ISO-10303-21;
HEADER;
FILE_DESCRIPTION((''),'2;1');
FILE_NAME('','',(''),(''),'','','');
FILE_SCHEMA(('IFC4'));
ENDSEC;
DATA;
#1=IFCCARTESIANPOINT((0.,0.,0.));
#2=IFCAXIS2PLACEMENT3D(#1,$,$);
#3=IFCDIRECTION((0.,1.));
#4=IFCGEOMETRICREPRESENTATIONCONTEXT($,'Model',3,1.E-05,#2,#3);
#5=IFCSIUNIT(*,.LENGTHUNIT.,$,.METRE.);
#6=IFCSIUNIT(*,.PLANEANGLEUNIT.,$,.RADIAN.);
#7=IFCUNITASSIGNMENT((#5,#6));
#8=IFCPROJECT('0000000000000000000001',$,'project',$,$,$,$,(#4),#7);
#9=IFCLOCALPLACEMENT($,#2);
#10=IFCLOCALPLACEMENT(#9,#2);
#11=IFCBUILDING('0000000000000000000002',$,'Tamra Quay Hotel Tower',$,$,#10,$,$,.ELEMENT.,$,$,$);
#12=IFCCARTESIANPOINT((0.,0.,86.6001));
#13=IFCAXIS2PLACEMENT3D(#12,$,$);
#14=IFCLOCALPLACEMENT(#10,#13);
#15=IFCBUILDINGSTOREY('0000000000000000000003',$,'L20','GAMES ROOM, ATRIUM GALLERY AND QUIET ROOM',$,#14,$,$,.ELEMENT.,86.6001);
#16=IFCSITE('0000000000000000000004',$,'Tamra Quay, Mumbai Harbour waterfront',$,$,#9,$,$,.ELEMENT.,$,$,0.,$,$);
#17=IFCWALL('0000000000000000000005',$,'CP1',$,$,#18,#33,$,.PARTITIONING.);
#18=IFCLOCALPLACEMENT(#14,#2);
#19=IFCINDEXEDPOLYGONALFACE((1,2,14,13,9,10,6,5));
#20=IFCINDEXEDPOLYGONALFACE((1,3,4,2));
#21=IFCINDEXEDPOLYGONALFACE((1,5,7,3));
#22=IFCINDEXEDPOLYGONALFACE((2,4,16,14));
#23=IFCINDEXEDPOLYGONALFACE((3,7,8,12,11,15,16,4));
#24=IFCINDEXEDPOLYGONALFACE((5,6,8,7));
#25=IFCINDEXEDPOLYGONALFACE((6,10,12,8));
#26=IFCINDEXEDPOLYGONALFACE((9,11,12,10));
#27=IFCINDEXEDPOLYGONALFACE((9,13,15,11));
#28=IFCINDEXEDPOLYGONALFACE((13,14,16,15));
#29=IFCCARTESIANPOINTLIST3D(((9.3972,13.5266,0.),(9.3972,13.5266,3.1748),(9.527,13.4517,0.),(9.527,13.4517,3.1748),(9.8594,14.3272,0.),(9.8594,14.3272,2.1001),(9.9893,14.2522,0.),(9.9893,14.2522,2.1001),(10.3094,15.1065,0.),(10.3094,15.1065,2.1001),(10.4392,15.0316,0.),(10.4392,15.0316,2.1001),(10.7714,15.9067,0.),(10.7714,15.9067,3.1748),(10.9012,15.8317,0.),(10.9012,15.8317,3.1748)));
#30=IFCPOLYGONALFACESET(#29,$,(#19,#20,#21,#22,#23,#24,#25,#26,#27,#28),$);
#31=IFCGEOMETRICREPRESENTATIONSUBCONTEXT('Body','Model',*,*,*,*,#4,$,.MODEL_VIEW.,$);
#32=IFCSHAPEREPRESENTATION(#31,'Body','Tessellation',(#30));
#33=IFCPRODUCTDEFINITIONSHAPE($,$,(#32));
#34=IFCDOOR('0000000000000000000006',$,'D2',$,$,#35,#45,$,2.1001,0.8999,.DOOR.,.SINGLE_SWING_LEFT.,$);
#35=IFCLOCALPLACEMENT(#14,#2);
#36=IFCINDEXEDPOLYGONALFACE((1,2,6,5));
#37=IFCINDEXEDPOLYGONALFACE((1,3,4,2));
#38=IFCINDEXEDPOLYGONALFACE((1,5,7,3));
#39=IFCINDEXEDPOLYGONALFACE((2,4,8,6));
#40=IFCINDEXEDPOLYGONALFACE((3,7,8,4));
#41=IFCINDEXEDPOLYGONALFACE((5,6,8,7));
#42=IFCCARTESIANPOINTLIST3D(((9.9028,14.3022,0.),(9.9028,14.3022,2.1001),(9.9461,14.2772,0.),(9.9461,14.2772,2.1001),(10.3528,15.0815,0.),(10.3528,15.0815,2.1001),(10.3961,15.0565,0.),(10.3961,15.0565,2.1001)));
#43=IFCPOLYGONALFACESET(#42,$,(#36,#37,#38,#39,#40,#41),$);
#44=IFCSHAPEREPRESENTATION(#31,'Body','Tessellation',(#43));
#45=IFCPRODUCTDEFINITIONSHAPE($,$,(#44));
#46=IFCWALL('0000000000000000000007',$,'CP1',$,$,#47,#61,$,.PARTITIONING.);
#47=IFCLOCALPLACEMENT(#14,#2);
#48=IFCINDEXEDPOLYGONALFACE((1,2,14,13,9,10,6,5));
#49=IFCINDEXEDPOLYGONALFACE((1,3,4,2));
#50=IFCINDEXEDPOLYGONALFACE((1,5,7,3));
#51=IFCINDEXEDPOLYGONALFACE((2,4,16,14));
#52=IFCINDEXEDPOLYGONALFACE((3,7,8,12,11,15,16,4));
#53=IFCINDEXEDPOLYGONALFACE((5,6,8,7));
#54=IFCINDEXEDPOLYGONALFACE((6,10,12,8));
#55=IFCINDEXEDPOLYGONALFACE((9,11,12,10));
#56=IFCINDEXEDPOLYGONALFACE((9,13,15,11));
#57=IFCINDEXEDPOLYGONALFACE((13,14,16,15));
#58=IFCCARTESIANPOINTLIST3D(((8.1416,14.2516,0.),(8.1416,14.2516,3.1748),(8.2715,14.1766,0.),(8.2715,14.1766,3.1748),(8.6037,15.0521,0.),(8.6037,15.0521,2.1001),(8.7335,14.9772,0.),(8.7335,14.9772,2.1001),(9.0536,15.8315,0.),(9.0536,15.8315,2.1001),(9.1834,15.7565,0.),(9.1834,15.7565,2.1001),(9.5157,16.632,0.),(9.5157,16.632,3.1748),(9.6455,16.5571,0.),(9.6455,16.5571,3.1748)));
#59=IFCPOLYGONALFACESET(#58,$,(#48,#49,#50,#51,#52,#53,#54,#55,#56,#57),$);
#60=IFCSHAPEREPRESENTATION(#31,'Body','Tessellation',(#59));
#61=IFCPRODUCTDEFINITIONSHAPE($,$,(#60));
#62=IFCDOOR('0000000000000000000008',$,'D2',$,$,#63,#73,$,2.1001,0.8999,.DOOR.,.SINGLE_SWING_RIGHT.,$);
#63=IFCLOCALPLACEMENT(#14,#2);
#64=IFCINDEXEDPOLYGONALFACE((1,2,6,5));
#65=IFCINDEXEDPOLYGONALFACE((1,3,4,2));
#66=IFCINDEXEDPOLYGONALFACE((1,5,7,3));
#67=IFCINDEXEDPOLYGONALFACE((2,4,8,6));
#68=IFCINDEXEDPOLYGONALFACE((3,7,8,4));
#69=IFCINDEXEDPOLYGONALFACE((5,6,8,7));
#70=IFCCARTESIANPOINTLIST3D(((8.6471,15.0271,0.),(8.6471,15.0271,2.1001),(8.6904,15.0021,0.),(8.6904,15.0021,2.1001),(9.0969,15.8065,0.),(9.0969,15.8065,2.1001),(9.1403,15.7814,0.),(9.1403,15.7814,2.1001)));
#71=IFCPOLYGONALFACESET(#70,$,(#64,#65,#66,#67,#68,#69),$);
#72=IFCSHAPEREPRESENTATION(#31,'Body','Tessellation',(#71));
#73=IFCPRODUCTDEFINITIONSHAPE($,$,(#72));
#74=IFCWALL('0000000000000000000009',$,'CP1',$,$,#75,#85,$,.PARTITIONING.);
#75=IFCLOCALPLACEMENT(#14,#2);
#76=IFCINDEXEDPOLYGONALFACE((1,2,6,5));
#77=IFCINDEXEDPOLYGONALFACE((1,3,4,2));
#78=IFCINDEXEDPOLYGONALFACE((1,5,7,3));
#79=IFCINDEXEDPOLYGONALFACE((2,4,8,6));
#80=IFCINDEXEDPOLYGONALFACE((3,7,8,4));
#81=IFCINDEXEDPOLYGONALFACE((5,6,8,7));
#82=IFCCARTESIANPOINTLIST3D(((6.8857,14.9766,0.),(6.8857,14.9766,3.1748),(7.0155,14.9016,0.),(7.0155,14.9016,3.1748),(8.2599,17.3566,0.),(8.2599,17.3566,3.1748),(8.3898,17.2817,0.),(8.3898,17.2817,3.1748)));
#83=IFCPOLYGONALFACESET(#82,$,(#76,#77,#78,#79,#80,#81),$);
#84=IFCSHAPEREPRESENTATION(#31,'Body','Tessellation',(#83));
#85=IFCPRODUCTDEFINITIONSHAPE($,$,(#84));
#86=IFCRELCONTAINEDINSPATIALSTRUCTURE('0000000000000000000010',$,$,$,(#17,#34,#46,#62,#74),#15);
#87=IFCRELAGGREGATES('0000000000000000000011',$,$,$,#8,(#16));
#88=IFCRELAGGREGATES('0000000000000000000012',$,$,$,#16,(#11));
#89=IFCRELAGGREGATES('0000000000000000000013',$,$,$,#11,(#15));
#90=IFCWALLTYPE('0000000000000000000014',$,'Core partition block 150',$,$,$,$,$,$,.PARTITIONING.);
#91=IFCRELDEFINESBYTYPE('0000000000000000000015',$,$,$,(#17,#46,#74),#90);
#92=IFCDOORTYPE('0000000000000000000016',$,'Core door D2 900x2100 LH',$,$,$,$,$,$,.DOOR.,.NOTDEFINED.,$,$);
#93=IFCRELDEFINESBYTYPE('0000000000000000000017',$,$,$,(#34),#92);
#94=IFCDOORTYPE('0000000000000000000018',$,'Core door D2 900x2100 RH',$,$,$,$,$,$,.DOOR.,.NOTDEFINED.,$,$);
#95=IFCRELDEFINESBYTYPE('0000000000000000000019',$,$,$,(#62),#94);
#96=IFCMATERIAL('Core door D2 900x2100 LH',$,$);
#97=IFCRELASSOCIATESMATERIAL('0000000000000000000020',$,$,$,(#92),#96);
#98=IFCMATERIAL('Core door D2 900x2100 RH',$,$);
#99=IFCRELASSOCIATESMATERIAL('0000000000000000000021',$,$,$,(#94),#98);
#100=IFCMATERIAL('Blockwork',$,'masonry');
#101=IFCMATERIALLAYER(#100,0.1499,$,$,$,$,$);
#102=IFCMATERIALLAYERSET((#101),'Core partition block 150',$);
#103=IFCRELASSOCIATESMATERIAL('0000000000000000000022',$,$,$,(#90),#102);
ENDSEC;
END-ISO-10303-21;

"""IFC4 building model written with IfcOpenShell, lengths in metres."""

from ifc_helpers import new_model, si_unit, direction, frame, frame_2d, origin, place, context, subcontext, project, spatial, rectangle, extrude, material, layer, layer_set, type_object, element, fill, save


model = new_model("IFC4")

# Units and contexts
model_context = context("Model", 3, precision=1e-05, world=origin(), true_north=direction((0.0, 1.0)))
body_context = subcontext(model_context, "Body", "Model", "MODEL_VIEW")
ifc_project = project(units=[si_unit("LENGTHUNIT", "METRE"), si_unit("PLANEANGLEUNIT", "RADIAN")], contexts=[model_context])

# Site, building, storey
site_placement = place(None, origin())
site = spatial("IfcSite", under=ifc_project, at=site_placement, Name="Tamra Quay, Mumbai Harbour waterfront", CompositionType="ELEMENT", RefElevation=0.0)
building_placement = place(site_placement, origin())
building = spatial("IfcBuilding", under=site, at=building_placement, Name="Tamra Quay Hotel Tower", CompositionType="ELEMENT")
storey_placement = place(building_placement, frame((0.0, 0.0, 86.6001)))
storey = spatial("IfcBuildingStorey", under=building, at=storey_placement, Name="L20", Description="GAMES ROOM, ATRIUM GALLERY AND QUIET ROOM", CompositionType="ELEMENT", Elevation=86.6001)

# Shared definitions
ifc_material_1 = material(Name="Core door D2 900x2100 LH")
door_type_1 = type_object("IfcDoorType", Name="Core door D2 900x2100 LH", OperationType="NOTDEFINED", PredefinedType="DOOR", material=ifc_material_1)
ifc_material_2 = material(Name="Core door D2 900x2100 RH")
door_type_2 = type_object("IfcDoorType", Name="Core door D2 900x2100 RH", OperationType="NOTDEFINED", PredefinedType="DOOR", material=ifc_material_2)

# Walls, openings, doors
ifc_material_3 = material(Name="Blockwork", Category="masonry")
ifc_layer_1 = layer(ifc_material_3, 0.1499)
ifc_layer_set_1 = layer_set([ifc_layer_1], Name="Core partition block 150")
wall_type_1 = type_object("IfcWallType", Name="Core partition block 150", PredefinedType="PARTITIONING", material=ifc_layer_set_1)
wall_1_placement = place(storey_placement, frame((9.4622, 13.4893, 0.0), z_axis=(0.0, 0.0, 1.0), x_axis=(0.500027, 0.86601, 0.0)))
wall_1 = element("IfcWall", 1, at=wall_1_placement, inside=storey, type_object=wall_type_1, Name="CP1", PredefinedType="PARTITIONING", context=body_context, shape_type="SweptSolid", body=[
    extrude(rectangle(XDim=2.7483, YDim=0.1499, at=frame_2d((1.374, 0.0))), origin(), (0.0, 0.0, 1.0), 3.1748),
])
opening_1_placement = place(wall_1_placement, frame((0.9243, 0.0, 0.0)))
opening_1 = element("IfcOpeningElement", 2, at=opening_1_placement, cuts=wall_1, PredefinedType="OPENING", context=body_context, shape_type="SweptSolid", body=[
    extrude(rectangle(XDim=0.8999, YDim=2.1001, at=frame_2d((0.45, 1.05))), frame((0.0, 0.085, 0.0), z_axis=(0.0, -1.0, 0.0), x_axis=(1.0, 0.0, 0.0)), (0.0, 0.0, 1.0), 0.1699),
])
door_1_placement = place(opening_1_placement, origin())
door_1 = element("IfcDoor", 3, at=door_1_placement, inside=storey, type_object=door_type_1, Name="D2", OperationType="SINGLE_SWING_LEFT", OverallHeight=2.1001, OverallWidth=0.8999, PredefinedType="DOOR", context=body_context, shape_type="SweptSolid", body=[
    extrude(rectangle(XDim=0.8999, YDim=2.1001, at=frame_2d((0.45, 1.05))), frame((0.0, 0.0249, 0.0), z_axis=(0.0, -1.0, 0.0), x_axis=(1.0, 0.0, 0.0)), (0.0, 0.0, 1.0), 0.05),
])
fill(opening_1, door_1)
wall_2_placement = place(storey_placement, frame((8.2065, 14.2141, 0.0), z_axis=(0.0, 0.0, 1.0), x_axis=(0.499922, 0.86607, 0.0)))
wall_2 = element("IfcWall", 4, at=wall_2_placement, inside=storey, type_object=wall_type_1, Name="CP1", PredefinedType="PARTITIONING", context=body_context, shape_type="SweptSolid", body=[
    extrude(rectangle(XDim=2.7485, YDim=0.1499, at=frame_2d((1.3743, 0.0))), origin(), (0.0, 0.0, 1.0), 3.1748),
])
opening_2_placement = place(wall_2_placement, frame((0.9243, 0.0, 0.0)))
opening_2 = element("IfcOpeningElement", 5, at=opening_2_placement, cuts=wall_2, PredefinedType="OPENING", context=body_context, shape_type="SweptSolid", body=[
    extrude(rectangle(XDim=0.8999, YDim=2.1001, at=frame_2d((0.45, 1.05))), frame((0.0, 0.085, 0.0), z_axis=(0.0, -1.0, 0.0), x_axis=(1.0, 0.0, 0.0)), (0.0, 0.0, 1.0), 0.1699),
])
door_2_placement = place(opening_2_placement, origin())
door_2 = element("IfcDoor", 6, at=door_2_placement, inside=storey, type_object=door_type_2, Name="D2", OperationType="SINGLE_SWING_RIGHT", OverallHeight=2.1001, OverallWidth=0.8999, PredefinedType="DOOR", context=body_context, shape_type="SweptSolid", body=[
    extrude(rectangle(XDim=0.8999, YDim=2.1001, at=frame_2d((0.45, 1.05))), frame((0.0, 0.0249, 0.0), z_axis=(0.0, -1.0, 0.0), x_axis=(1.0, 0.0, 0.0)), (0.0, 0.0, 1.0), 0.05),
])
fill(opening_2, door_2)

# Wall
wall_3_placement = place(storey_placement, frame((6.9507, 14.9392, 0.0), z_axis=(0.0, 0.0, 1.0), x_axis=(0.500027, 0.86601, 0.0)))
element("IfcWall", 7, at=wall_3_placement, inside=storey, type_object=wall_type_1, Name="CP1", PredefinedType="PARTITIONING", context=body_context, shape_type="SweptSolid", body=[
    extrude(rectangle(XDim=2.7483, YDim=0.1499, at=frame_2d((1.374, 0.0))), origin(), (0.0, 0.0, 1.0), 3.1748),
])

save(model, "model.ifc")
